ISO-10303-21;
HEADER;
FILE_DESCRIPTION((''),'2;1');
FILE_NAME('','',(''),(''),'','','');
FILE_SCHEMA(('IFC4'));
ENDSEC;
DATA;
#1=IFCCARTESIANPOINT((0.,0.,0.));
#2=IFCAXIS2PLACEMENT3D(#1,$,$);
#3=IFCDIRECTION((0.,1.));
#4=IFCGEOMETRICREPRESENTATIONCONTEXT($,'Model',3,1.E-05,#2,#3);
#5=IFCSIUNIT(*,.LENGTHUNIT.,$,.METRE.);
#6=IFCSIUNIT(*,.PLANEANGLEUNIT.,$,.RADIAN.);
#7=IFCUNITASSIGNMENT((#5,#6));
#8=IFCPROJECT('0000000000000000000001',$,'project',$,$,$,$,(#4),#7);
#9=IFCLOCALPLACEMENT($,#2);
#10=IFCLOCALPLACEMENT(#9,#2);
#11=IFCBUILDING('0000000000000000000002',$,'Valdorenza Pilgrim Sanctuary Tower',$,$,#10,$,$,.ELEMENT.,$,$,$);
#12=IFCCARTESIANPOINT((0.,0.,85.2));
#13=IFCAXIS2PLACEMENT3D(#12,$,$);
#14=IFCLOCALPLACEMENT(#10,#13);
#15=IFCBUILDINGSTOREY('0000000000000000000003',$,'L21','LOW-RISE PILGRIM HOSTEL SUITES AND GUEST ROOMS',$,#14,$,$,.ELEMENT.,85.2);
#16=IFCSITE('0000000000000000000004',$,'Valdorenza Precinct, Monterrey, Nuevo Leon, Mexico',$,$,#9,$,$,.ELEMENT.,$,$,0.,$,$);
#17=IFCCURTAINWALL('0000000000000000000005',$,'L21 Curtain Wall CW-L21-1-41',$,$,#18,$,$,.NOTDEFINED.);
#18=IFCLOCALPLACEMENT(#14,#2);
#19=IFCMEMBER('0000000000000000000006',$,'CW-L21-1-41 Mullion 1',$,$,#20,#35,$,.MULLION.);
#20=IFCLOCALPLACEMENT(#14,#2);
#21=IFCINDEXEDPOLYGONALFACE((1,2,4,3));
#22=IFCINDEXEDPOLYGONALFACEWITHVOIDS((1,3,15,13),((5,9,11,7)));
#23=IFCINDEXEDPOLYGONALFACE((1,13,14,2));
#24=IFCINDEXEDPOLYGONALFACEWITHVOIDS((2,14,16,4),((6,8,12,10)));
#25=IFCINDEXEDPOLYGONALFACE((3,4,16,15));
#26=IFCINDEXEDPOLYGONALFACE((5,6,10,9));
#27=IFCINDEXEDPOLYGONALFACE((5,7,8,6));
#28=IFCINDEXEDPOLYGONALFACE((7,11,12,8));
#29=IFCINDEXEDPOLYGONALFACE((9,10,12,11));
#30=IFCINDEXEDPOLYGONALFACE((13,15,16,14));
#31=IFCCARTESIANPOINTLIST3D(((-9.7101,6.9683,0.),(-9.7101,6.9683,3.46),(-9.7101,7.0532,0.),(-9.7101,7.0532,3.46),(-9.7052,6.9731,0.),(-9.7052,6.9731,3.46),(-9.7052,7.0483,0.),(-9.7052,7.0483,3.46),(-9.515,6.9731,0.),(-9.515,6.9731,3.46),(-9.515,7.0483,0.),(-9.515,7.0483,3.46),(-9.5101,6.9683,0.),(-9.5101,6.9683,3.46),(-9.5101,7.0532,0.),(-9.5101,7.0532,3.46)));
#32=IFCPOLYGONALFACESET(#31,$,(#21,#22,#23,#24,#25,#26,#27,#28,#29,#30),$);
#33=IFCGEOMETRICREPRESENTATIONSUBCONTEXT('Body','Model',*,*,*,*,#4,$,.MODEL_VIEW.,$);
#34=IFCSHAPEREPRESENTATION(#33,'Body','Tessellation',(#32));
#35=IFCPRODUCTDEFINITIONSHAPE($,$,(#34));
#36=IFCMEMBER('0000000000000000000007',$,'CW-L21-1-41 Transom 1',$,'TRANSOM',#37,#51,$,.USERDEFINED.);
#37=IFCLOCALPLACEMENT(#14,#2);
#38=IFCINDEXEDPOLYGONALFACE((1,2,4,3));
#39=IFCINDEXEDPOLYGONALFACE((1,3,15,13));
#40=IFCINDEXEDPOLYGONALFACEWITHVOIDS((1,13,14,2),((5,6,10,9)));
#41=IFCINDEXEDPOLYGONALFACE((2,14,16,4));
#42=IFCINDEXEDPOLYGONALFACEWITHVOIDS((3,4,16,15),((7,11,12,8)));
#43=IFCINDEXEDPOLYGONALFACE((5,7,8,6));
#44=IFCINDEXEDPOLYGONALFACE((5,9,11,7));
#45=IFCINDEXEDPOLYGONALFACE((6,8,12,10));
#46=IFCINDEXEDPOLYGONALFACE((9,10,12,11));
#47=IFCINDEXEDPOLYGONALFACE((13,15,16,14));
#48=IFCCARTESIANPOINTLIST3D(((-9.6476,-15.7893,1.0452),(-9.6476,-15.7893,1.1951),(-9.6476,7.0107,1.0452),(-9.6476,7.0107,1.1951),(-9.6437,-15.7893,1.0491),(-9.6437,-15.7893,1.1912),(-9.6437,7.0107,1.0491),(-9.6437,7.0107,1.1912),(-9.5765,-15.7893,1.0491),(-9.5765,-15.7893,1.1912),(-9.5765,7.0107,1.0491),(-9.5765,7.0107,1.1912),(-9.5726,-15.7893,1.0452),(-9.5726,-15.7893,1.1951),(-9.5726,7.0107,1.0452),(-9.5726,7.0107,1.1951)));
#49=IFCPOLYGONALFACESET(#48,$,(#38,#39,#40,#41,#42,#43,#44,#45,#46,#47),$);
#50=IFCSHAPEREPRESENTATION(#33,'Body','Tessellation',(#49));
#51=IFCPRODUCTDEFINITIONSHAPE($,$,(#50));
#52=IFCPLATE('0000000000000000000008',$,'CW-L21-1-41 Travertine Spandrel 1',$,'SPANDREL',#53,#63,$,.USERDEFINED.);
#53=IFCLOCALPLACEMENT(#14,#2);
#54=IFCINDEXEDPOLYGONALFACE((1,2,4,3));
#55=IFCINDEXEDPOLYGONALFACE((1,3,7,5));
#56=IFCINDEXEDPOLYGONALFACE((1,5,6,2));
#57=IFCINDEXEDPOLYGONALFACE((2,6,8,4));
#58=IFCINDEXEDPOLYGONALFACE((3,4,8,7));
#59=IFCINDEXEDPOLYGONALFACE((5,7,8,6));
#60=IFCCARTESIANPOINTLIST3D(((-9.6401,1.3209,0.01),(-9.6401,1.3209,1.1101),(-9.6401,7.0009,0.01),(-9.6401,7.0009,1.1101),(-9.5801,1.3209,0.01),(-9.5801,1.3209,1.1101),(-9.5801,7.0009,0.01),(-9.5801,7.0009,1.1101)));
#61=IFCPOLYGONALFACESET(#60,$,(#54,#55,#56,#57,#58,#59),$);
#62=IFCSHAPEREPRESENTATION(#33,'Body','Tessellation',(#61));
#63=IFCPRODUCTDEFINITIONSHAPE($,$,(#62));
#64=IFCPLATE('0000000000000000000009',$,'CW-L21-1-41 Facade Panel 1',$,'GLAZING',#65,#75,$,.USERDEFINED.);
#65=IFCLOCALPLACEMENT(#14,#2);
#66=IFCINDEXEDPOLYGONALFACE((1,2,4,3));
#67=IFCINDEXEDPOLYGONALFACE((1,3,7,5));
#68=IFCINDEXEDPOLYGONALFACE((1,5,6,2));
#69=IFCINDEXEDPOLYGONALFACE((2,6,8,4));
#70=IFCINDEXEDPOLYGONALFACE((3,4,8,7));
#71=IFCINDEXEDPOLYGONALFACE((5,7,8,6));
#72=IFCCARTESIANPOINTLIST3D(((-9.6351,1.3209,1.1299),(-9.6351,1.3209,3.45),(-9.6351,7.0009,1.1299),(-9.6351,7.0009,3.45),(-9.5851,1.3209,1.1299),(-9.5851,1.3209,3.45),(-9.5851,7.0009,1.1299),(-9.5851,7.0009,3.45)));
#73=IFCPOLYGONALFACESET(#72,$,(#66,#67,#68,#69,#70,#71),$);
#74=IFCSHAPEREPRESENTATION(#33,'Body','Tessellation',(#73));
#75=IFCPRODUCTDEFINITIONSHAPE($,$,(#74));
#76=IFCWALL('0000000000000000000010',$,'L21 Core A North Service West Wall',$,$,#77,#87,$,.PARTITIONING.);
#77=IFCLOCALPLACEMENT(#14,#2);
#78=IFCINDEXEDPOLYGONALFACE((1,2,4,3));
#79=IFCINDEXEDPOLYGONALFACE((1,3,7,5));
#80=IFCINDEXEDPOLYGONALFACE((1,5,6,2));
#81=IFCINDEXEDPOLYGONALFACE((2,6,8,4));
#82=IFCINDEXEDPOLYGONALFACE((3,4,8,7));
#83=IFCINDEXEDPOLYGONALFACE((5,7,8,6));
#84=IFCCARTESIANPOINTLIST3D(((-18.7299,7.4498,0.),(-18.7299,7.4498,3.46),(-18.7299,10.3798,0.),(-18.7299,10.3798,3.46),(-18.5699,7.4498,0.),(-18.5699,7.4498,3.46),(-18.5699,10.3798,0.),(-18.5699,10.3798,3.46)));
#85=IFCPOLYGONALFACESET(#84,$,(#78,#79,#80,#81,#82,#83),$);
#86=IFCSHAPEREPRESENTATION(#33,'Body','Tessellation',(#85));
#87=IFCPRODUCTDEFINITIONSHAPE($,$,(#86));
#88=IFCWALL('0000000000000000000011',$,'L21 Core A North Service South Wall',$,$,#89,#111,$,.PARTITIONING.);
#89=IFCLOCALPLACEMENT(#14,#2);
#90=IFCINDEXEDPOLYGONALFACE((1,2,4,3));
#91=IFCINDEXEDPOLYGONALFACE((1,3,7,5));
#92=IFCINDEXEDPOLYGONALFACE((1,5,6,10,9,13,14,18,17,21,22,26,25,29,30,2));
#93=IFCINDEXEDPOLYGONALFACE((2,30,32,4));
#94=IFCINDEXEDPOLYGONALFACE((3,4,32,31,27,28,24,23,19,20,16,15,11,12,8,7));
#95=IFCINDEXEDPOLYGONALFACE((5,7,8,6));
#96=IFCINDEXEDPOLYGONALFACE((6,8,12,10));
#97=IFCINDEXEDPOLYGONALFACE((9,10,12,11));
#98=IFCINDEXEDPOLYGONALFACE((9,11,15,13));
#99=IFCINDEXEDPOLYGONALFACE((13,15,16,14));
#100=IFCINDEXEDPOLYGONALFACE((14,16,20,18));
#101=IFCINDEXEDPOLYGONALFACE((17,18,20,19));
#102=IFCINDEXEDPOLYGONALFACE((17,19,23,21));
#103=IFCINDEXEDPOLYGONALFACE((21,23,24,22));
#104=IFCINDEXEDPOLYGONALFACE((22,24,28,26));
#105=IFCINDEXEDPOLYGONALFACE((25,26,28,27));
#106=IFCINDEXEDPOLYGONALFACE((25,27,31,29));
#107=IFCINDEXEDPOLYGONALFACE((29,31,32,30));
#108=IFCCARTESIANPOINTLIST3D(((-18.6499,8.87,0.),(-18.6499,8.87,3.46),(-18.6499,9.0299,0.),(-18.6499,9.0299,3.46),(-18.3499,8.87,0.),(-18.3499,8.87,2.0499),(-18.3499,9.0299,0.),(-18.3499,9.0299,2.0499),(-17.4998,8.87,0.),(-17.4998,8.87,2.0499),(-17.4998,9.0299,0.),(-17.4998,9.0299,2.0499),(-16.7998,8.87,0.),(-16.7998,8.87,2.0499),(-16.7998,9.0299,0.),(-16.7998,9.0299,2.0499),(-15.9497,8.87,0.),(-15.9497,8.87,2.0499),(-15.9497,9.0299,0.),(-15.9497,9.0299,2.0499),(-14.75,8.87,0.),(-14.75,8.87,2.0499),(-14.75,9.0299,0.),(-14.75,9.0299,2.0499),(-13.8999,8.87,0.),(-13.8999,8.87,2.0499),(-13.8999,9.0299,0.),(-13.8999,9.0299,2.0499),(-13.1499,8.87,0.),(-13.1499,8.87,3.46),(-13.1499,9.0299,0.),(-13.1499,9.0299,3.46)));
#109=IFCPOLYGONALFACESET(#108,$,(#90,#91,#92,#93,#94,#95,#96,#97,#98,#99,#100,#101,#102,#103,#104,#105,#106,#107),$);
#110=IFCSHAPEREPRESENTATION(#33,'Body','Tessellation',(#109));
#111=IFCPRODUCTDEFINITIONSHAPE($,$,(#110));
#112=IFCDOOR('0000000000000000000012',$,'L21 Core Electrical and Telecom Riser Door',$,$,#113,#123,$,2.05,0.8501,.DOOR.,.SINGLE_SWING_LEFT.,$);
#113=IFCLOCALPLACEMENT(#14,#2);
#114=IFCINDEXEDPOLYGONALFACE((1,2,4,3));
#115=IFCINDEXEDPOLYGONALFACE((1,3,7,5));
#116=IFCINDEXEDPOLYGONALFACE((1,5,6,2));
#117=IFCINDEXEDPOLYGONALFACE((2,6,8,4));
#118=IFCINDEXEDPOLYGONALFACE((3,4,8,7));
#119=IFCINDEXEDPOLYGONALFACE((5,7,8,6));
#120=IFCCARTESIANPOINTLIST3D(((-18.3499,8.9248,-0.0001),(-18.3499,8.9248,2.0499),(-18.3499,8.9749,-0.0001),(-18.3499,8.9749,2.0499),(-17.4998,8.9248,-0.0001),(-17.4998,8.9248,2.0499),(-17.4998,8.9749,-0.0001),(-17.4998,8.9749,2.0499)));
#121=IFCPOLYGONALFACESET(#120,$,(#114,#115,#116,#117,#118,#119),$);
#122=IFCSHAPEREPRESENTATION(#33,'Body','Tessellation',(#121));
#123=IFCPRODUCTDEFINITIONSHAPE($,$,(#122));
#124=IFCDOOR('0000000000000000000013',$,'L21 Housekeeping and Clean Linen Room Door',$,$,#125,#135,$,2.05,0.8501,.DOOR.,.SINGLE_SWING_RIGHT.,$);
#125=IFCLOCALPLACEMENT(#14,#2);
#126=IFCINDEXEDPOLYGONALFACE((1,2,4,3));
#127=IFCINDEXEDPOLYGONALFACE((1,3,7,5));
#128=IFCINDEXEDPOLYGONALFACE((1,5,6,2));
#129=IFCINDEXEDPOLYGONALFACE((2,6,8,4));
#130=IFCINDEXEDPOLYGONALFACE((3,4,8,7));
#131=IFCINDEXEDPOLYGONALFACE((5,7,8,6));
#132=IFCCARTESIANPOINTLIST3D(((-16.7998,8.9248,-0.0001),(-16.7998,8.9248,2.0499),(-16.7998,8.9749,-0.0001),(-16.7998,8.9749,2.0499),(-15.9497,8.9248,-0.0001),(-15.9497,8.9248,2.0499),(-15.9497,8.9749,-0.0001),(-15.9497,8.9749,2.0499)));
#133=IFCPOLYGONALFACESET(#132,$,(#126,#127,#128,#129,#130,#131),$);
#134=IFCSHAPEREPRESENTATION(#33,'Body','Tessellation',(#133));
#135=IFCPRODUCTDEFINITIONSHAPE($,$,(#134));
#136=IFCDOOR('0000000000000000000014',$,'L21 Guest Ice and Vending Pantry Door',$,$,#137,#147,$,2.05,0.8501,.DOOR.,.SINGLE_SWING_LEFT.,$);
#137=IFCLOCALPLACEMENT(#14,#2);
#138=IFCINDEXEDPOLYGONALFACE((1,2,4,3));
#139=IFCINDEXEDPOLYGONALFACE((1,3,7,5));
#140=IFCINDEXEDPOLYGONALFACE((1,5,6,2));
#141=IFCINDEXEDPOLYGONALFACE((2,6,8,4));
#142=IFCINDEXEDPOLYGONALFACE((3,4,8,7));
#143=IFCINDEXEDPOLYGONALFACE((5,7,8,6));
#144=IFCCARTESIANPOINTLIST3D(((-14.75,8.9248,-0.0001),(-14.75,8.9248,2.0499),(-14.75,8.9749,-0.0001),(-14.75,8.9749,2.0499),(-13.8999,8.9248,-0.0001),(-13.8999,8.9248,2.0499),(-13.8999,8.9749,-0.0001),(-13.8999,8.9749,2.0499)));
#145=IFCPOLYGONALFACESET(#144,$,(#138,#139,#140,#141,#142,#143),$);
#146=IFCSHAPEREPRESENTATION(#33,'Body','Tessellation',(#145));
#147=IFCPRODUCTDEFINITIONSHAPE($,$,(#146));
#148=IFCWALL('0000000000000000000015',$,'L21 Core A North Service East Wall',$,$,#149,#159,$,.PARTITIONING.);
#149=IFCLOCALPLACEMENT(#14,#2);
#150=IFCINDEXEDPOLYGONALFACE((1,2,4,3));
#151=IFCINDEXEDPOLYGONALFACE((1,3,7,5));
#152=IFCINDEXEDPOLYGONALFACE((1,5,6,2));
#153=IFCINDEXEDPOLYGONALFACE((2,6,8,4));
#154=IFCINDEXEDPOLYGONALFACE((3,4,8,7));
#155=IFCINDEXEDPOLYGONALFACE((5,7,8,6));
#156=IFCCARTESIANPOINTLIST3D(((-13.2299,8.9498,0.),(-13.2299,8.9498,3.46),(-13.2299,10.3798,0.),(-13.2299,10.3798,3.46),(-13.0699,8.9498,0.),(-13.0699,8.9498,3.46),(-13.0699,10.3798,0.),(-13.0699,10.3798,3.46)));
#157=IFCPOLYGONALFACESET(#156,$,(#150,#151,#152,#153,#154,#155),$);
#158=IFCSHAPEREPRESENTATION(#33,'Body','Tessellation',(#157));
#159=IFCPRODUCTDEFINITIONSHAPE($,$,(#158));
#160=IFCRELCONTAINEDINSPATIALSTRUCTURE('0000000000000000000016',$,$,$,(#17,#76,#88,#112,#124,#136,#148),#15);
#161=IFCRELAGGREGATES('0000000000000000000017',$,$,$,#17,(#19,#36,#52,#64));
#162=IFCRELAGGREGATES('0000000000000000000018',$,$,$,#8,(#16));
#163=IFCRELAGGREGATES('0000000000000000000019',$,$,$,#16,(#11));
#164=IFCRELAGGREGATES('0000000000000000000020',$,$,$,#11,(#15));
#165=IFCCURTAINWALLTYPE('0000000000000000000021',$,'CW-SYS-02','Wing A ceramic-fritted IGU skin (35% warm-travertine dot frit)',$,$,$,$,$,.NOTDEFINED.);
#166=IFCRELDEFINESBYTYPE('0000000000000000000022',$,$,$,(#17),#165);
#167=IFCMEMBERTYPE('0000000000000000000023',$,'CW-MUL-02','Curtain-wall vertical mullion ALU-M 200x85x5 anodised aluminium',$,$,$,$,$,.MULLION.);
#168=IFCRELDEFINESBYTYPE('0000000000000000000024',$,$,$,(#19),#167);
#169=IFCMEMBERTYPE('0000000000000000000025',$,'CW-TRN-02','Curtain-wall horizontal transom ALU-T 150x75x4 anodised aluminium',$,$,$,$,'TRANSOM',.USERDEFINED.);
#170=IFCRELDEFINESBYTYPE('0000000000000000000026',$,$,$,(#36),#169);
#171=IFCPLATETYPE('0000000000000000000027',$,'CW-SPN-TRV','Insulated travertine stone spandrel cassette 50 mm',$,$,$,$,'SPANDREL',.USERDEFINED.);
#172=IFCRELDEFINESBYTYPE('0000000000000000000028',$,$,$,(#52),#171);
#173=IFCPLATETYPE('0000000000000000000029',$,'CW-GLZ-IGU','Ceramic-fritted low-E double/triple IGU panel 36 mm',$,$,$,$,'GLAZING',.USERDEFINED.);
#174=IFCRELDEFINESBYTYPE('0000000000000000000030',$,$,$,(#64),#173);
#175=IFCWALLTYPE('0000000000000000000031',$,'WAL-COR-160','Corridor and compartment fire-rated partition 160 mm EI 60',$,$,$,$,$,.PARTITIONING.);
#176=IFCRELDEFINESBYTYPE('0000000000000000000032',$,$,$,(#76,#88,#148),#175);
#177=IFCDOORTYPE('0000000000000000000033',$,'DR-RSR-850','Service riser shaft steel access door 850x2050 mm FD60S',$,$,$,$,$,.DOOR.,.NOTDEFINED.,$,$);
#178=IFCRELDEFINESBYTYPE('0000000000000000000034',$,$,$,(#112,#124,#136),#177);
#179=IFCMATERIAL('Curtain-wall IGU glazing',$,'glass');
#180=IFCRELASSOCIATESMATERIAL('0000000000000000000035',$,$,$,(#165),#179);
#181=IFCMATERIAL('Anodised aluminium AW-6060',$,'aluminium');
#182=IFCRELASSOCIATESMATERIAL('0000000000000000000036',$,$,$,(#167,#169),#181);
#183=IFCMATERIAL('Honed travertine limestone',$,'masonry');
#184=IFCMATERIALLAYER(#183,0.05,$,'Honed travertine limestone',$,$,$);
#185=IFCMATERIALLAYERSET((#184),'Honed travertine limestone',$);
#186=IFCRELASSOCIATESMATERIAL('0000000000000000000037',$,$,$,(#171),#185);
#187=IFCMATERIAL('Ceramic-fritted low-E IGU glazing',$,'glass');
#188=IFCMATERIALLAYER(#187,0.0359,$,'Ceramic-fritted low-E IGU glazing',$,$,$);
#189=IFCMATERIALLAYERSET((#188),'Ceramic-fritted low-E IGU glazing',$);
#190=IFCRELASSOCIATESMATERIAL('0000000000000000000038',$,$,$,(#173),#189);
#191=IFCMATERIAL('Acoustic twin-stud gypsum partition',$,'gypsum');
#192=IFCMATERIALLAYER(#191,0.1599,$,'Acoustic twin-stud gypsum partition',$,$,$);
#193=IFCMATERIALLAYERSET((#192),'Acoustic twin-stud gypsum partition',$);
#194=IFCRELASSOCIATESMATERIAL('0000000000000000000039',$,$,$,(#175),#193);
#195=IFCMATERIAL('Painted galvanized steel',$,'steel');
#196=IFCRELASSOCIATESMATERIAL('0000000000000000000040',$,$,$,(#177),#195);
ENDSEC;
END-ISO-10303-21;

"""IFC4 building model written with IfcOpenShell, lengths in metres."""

from ifc_helpers import new_model, si_unit, direction, frame, frame_2d, origin, origin_2d, place, context, subcontext, project, spatial, rectangle, hollow_rectangle, extrude, source, transform, mapped, material, layer, layer_set, material_profile, profile_set, type_object, element, fill, aggregate, save


model = new_model("IFC4")

# Units and contexts
model_context = context("Model", 3, precision=1e-05, world=origin(), true_north=direction((0.0, 1.0)))
body_context = subcontext(model_context, "Body", "Model", "MODEL_VIEW")
ifc_project = project(units=[si_unit("LENGTHUNIT", "METRE"), si_unit("PLANEANGLEUNIT", "RADIAN")], contexts=[model_context])

# Site, building, storey
site_placement = place(None, origin())
site = spatial("IfcSite", under=ifc_project, at=site_placement, Name="Valdorenza Precinct, Monterrey, Nuevo Leon, Mexico", CompositionType="ELEMENT", RefElevation=0.0)
building_placement = place(site_placement, origin())
building = spatial("IfcBuilding", under=site, at=building_placement, Name="Valdorenza Pilgrim Sanctuary Tower", CompositionType="ELEMENT")
storey_placement = place(building_placement, frame((0.0, 0.0, 85.2)))
storey = spatial("IfcBuildingStorey", under=building, at=storey_placement, Name="L21", Description="LOW-RISE PILGRIM HOSTEL SUITES AND GUEST ROOMS", CompositionType="ELEMENT", Elevation=85.2)

# Curtain wall, members, plates
ifc_material_1 = material(Name="Curtain-wall IGU glazing", Category="glass")
curtain_wall_type = type_object("IfcCurtainWallType", Name="CW-SYS-02", Description="Wing A ceramic-fritted IGU skin (35% warm-travertine dot frit)", PredefinedType="NOTDEFINED", material=ifc_material_1)
curtain_wall_placement = place(storey_placement, origin())
curtain_wall = element("IfcCurtainWall", 1, at=curtain_wall_placement, inside=storey, type_object=curtain_wall_type, Name="L21 Curtain Wall CW-L21-1-41", PredefinedType="NOTDEFINED")
ifc_material_2 = material(Name="Anodised aluminium AW-6060", Category="aluminium")
ifc_material_profile_1 = material_profile(ifc_material_2, hollow_rectangle(XDim=0.085, YDim=0.2, WallThickness=0.0049, at=origin_2d()), Name="ALU-M 200x85x5")
ifc_profile_set_1 = profile_set([ifc_material_profile_1], Name="Anodised aluminium AW-6060")
member_type_1 = type_object("IfcMemberType", Name="CW-MUL-02", Description="Curtain-wall vertical mullion ALU-M 200x85x5 anodised aluminium", PredefinedType="MULLION", material=ifc_profile_set_1)
shared_shape_1 = source(origin(), body_context, "Body", "SweptSolid", [
    extrude(hollow_rectangle(XDim=0.085, YDim=0.2, WallThickness=0.0049, at=origin_2d()), origin(), (0.0, 0.0, 1.0), 3.46),
])
member_1_placement = place(storey_placement, frame((-9.6101, 7.0107, 0.0), z_axis=(0.0, 0.0, 1.0), x_axis=(0.0, -1.0, 0.0)))
member_1 = element("IfcMember", 2, at=member_1_placement, type_object=member_type_1, Name="CW-L21-1-41 Mullion 1", PredefinedType="MULLION", context=body_context, shape_type="MappedRepresentation", body=[
    mapped(shared_shape_1, transform((0.0, 0.0, 0.0), x_axis=(1.0, 0.0, 0.0), y_axis=(0.0, 1.0, 0.0), z_axis=(0.0, 0.0, 1.0), scale=1.0)),
])
ifc_material_profile_2 = material_profile(ifc_material_2, hollow_rectangle(XDim=0.075, YDim=0.1499, WallThickness=0.0039, at=origin_2d()), Name="ALU-T 150x75x4")
ifc_profile_set_2 = profile_set([ifc_material_profile_2], Name="Anodised aluminium AW-6060")
member_type_2 = type_object("IfcMemberType", Name="CW-TRN-02", Description="Curtain-wall horizontal transom ALU-T 150x75x4 anodised aluminium", ElementType="TRANSOM", PredefinedType="USERDEFINED", material=ifc_profile_set_2)
shared_shape_2 = source(origin(), body_context, "Body", "SweptSolid", [
    extrude(hollow_rectangle(XDim=0.075, YDim=0.1499, WallThickness=0.0039, at=origin_2d()), origin(), (0.0, 0.0, 1.0), 22.8),
])
member_2_placement = place(storey_placement, frame((-9.6101, 7.0107, 1.1201), z_axis=(0.0, -1.0, 0.0), x_axis=(1.0, 0.0, 0.0)))
member_2 = element("IfcMember", 3, at=member_2_placement, type_object=member_type_2, Name="CW-L21-1-41 Transom 1", ObjectType="TRANSOM", PredefinedType="USERDEFINED", context=body_context, shape_type="MappedRepresentation", body=[
    mapped(shared_shape_2, transform((0.0, 0.0, 0.0), x_axis=(1.0, 0.0, 0.0), y_axis=(0.0, 1.0, 0.0), z_axis=(0.0, 0.0, 1.0), scale=1.0)),
])
ifc_material_3 = material(Name="Honed travertine limestone", Category="masonry")
ifc_layer_1 = layer(ifc_material_3, 0.05, Name="Honed travertine limestone")
ifc_layer_set_1 = layer_set([ifc_layer_1], Name="Honed travertine limestone")
plate_type_1 = type_object("IfcPlateType", Name="CW-SPN-TRV", Description="Insulated travertine stone spandrel cassette 50 mm", ElementType="SPANDREL", PredefinedType="USERDEFINED", material=ifc_layer_set_1)
shared_shape_3 = source(origin(), body_context, "Body", "SweptSolid", [
    extrude(rectangle(XDim=5.6799, YDim=0.0601, at=origin_2d()), origin(), (0.0, 0.0, 1.0), 1.1001),
])
plate_1_placement = place(storey_placement, frame((-9.6101, 4.1609, 0.01), z_axis=(0.0, 0.0, 1.0), x_axis=(0.0, -1.0, 0.0)))
plate_1 = element("IfcPlate", 4, at=plate_1_placement, type_object=plate_type_1, Name="CW-L21-1-41 Travertine Spandrel 1", ObjectType="SPANDREL", PredefinedType="USERDEFINED", context=body_context, shape_type="MappedRepresentation", body=[
    mapped(shared_shape_3, transform((0.0, 0.0, 0.0), x_axis=(1.0, 0.0, 0.0), y_axis=(0.0, 1.0, 0.0), z_axis=(0.0, 0.0, 1.0), scale=1.0)),
])
ifc_material_4 = material(Name="Ceramic-fritted low-E IGU glazing", Category="glass")
ifc_layer_2 = layer(ifc_material_4, 0.0359, Name="Ceramic-fritted low-E IGU glazing")
ifc_layer_set_2 = layer_set([ifc_layer_2], Name="Ceramic-fritted low-E IGU glazing")
plate_type_2 = type_object("IfcPlateType", Name="CW-GLZ-IGU", Description="Ceramic-fritted low-E double/triple IGU panel 36 mm", ElementType="GLAZING", PredefinedType="USERDEFINED", material=ifc_layer_set_2)
shared_shape_4 = source(origin(), body_context, "Body", "SweptSolid", [
    extrude(rectangle(XDim=5.6799, YDim=0.05, at=origin_2d()), origin(), (0.0, 0.0, 1.0), 2.3201),
])
plate_2_placement = place(storey_placement, frame((-9.6101, 4.1609, 1.1299), z_axis=(0.0, 0.0, 1.0), x_axis=(0.0, -1.0, 0.0)))
plate_2 = element("IfcPlate", 5, at=plate_2_placement, type_object=plate_type_2, Name="CW-L21-1-41 Facade Panel 1", ObjectType="GLAZING", PredefinedType="USERDEFINED", context=body_context, shape_type="MappedRepresentation", body=[
    mapped(shared_shape_4, transform((0.0, 0.0, 0.0), x_axis=(1.0, 0.0, 0.0), y_axis=(0.0, 1.0, 0.0), z_axis=(0.0, 0.0, 1.0), scale=1.0)),
])
aggregate(curtain_wall, [member_1, member_2, plate_1, plate_2])

# Wall
ifc_material_5 = material(Name="Acoustic twin-stud gypsum partition", Category="gypsum")
ifc_layer_3 = layer(ifc_material_5, 0.1599, Name="Acoustic twin-stud gypsum partition")
ifc_layer_set_3 = layer_set([ifc_layer_3], Name="Acoustic twin-stud gypsum partition")
wall_type_1 = type_object("IfcWallType", Name="WAL-COR-160", Description="Corridor and compartment fire-rated partition 160 mm EI 60", PredefinedType="PARTITIONING", material=ifc_layer_set_3)
wall_1_placement = place(storey_placement, frame((-18.6499, 7.45, 0.0), z_axis=(0.0, 0.0, 1.0), x_axis=(0.0, 1.0, 0.0)))
element("IfcWall", 6, at=wall_1_placement, inside=storey, type_object=wall_type_1, Name="L21 Core A North Service West Wall", PredefinedType="PARTITIONING", context=body_context, shape_type="SweptSolid", body=[
    extrude(rectangle(XDim=2.9299, YDim=0.1599, at=frame_2d((1.4648, 0.0))), origin(), (0.0, 0.0, 1.0), 3.46),
])

# Wall, openings, doors
wall_2_placement = place(storey_placement, frame((-18.6499, 8.95, 0.0), z_axis=(0.0, 0.0, 1.0), x_axis=(1.0, 0.0, 0.0)))
wall_2 = element("IfcWall", 7, at=wall_2_placement, inside=storey, type_object=wall_type_1, Name="L21 Core A North Service South Wall", PredefinedType="PARTITIONING", context=body_context, shape_type="SweptSolid", body=[
    extrude(rectangle(XDim=5.5, YDim=0.1599, at=frame_2d((2.75, 0.0))), origin(), (0.0, 0.0, 1.0), 3.46),
])
opening_1_placement = place(wall_2_placement, frame((0.3, 0.0, 0.0)))
opening_1 = element("IfcOpeningElement", 8, at=opening_1_placement, cuts=wall_2, PredefinedType="OPENING", context=body_context, shape_type="SweptSolid", body=[
    extrude(rectangle(XDim=0.8501, YDim=2.05, at=frame_2d((0.425, 1.0249))), frame((0.0, 0.0947, 0.0), z_axis=(0.0, -1.0, 0.0), x_axis=(1.0, 0.0, 0.0)), (0.0, 0.0, 1.0), 0.1897),
])
opening_2_placement = place(wall_2_placement, frame((1.8501, 0.0, 0.0)))
opening_2 = element("IfcOpeningElement", 9, at=opening_2_placement, cuts=wall_2, PredefinedType="OPENING", context=body_context, shape_type="SweptSolid", body=[
    extrude(rectangle(XDim=0.8501, YDim=2.05, at=frame_2d((0.425, 1.0249))), frame((0.0, 0.0947, 0.0), z_axis=(0.0, -1.0, 0.0), x_axis=(1.0, 0.0, 0.0)), (0.0, 0.0, 1.0), 0.1897),
])
opening_3_placement = place(wall_2_placement, frame((3.8999, 0.0, 0.0)))
opening_3 = element("IfcOpeningElement", 10, at=opening_3_placement, cuts=wall_2, PredefinedType="OPENING", context=body_context, shape_type="SweptSolid", body=[
    extrude(rectangle(XDim=0.8501, YDim=2.05, at=frame_2d((0.425, 1.0249))), frame((0.0, 0.0947, 0.0), z_axis=(0.0, -1.0, 0.0), x_axis=(1.0, 0.0, 0.0)), (0.0, 0.0, 1.0), 0.1897),
])
ifc_material_6 = material(Name="Painted galvanized steel", Category="steel")
door_type_1 = type_object("IfcDoorType", Name="DR-RSR-850", Description="Service riser shaft steel access door 850x2050 mm FD60S", OperationType="NOTDEFINED", PredefinedType="DOOR", material=ifc_material_6)
door_1_placement = place(opening_1_placement, origin())
door_1 = element("IfcDoor", 11, at=door_1_placement, inside=storey, type_object=door_type_1, Name="L21 Core Electrical and Telecom Riser Door", OperationType="SINGLE_SWING_LEFT", OverallHeight=2.05, OverallWidth=0.8501, PredefinedType="DOOR", context=body_context, shape_type="SweptSolid", body=[
    extrude(rectangle(XDim=0.8501, YDim=2.05, at=frame_2d((0.425, 1.0249))), frame((0.0, 0.0249, 0.0), z_axis=(0.0, -1.0, 0.0), x_axis=(1.0, 0.0, 0.0)), (0.0, 0.0, 1.0), 0.05),
])
fill(opening_1, door_1)
door_2_placement = place(opening_2_placement, origin())
door_2 = element("IfcDoor", 12, at=door_2_placement, inside=storey, type_object=door_type_1, Name="L21 Housekeeping and Clean Linen Room Door", OperationType="SINGLE_SWING_RIGHT", OverallHeight=2.05, OverallWidth=0.8501, PredefinedType="DOOR", context=body_context, shape_type="SweptSolid", body=[
    extrude(rectangle(XDim=0.8501, YDim=2.05, at=frame_2d((0.425, 1.0249))), frame((0.0, 0.0249, 0.0), z_axis=(0.0, -1.0, 0.0), x_axis=(1.0, 0.0, 0.0)), (0.0, 0.0, 1.0), 0.05),
])
fill(opening_2, door_2)
door_3_placement = place(opening_3_placement, origin())
door_3 = element("IfcDoor", 13, at=door_3_placement, inside=storey, type_object=door_type_1, Name="L21 Guest Ice and Vending Pantry Door", OperationType="SINGLE_SWING_LEFT", OverallHeight=2.05, OverallWidth=0.8501, PredefinedType="DOOR", context=body_context, shape_type="SweptSolid", body=[
    extrude(rectangle(XDim=0.8501, YDim=2.05, at=frame_2d((0.425, 1.0249))), frame((0.0, 0.0249, 0.0), z_axis=(0.0, -1.0, 0.0), x_axis=(1.0, 0.0, 0.0)), (0.0, 0.0, 1.0), 0.05),
])
fill(opening_3, door_3)

# Wall
for number, where, z_axis, x_axis, name in (
    (14, (-13.1499, 8.95, 0.0), (0.0, 0.0, 1.0), (0.0, 1.0, 0.0), "L21 Core A North Service East Wall"),
):
    element("IfcWall", number, at=place(storey_placement, frame(where, z_axis=z_axis, x_axis=x_axis)), inside=storey, type_object=wall_type_1, Name=name, PredefinedType="PARTITIONING", context=body_context, shape_type="SweptSolid", body=[
        extrude(rectangle(XDim=1.4299, YDim=0.1599, at=frame_2d((0.7148, 0.0))), origin(), (0.0, 0.0, 1.0), 3.46),
    ])

save(model, "model.ifc")
